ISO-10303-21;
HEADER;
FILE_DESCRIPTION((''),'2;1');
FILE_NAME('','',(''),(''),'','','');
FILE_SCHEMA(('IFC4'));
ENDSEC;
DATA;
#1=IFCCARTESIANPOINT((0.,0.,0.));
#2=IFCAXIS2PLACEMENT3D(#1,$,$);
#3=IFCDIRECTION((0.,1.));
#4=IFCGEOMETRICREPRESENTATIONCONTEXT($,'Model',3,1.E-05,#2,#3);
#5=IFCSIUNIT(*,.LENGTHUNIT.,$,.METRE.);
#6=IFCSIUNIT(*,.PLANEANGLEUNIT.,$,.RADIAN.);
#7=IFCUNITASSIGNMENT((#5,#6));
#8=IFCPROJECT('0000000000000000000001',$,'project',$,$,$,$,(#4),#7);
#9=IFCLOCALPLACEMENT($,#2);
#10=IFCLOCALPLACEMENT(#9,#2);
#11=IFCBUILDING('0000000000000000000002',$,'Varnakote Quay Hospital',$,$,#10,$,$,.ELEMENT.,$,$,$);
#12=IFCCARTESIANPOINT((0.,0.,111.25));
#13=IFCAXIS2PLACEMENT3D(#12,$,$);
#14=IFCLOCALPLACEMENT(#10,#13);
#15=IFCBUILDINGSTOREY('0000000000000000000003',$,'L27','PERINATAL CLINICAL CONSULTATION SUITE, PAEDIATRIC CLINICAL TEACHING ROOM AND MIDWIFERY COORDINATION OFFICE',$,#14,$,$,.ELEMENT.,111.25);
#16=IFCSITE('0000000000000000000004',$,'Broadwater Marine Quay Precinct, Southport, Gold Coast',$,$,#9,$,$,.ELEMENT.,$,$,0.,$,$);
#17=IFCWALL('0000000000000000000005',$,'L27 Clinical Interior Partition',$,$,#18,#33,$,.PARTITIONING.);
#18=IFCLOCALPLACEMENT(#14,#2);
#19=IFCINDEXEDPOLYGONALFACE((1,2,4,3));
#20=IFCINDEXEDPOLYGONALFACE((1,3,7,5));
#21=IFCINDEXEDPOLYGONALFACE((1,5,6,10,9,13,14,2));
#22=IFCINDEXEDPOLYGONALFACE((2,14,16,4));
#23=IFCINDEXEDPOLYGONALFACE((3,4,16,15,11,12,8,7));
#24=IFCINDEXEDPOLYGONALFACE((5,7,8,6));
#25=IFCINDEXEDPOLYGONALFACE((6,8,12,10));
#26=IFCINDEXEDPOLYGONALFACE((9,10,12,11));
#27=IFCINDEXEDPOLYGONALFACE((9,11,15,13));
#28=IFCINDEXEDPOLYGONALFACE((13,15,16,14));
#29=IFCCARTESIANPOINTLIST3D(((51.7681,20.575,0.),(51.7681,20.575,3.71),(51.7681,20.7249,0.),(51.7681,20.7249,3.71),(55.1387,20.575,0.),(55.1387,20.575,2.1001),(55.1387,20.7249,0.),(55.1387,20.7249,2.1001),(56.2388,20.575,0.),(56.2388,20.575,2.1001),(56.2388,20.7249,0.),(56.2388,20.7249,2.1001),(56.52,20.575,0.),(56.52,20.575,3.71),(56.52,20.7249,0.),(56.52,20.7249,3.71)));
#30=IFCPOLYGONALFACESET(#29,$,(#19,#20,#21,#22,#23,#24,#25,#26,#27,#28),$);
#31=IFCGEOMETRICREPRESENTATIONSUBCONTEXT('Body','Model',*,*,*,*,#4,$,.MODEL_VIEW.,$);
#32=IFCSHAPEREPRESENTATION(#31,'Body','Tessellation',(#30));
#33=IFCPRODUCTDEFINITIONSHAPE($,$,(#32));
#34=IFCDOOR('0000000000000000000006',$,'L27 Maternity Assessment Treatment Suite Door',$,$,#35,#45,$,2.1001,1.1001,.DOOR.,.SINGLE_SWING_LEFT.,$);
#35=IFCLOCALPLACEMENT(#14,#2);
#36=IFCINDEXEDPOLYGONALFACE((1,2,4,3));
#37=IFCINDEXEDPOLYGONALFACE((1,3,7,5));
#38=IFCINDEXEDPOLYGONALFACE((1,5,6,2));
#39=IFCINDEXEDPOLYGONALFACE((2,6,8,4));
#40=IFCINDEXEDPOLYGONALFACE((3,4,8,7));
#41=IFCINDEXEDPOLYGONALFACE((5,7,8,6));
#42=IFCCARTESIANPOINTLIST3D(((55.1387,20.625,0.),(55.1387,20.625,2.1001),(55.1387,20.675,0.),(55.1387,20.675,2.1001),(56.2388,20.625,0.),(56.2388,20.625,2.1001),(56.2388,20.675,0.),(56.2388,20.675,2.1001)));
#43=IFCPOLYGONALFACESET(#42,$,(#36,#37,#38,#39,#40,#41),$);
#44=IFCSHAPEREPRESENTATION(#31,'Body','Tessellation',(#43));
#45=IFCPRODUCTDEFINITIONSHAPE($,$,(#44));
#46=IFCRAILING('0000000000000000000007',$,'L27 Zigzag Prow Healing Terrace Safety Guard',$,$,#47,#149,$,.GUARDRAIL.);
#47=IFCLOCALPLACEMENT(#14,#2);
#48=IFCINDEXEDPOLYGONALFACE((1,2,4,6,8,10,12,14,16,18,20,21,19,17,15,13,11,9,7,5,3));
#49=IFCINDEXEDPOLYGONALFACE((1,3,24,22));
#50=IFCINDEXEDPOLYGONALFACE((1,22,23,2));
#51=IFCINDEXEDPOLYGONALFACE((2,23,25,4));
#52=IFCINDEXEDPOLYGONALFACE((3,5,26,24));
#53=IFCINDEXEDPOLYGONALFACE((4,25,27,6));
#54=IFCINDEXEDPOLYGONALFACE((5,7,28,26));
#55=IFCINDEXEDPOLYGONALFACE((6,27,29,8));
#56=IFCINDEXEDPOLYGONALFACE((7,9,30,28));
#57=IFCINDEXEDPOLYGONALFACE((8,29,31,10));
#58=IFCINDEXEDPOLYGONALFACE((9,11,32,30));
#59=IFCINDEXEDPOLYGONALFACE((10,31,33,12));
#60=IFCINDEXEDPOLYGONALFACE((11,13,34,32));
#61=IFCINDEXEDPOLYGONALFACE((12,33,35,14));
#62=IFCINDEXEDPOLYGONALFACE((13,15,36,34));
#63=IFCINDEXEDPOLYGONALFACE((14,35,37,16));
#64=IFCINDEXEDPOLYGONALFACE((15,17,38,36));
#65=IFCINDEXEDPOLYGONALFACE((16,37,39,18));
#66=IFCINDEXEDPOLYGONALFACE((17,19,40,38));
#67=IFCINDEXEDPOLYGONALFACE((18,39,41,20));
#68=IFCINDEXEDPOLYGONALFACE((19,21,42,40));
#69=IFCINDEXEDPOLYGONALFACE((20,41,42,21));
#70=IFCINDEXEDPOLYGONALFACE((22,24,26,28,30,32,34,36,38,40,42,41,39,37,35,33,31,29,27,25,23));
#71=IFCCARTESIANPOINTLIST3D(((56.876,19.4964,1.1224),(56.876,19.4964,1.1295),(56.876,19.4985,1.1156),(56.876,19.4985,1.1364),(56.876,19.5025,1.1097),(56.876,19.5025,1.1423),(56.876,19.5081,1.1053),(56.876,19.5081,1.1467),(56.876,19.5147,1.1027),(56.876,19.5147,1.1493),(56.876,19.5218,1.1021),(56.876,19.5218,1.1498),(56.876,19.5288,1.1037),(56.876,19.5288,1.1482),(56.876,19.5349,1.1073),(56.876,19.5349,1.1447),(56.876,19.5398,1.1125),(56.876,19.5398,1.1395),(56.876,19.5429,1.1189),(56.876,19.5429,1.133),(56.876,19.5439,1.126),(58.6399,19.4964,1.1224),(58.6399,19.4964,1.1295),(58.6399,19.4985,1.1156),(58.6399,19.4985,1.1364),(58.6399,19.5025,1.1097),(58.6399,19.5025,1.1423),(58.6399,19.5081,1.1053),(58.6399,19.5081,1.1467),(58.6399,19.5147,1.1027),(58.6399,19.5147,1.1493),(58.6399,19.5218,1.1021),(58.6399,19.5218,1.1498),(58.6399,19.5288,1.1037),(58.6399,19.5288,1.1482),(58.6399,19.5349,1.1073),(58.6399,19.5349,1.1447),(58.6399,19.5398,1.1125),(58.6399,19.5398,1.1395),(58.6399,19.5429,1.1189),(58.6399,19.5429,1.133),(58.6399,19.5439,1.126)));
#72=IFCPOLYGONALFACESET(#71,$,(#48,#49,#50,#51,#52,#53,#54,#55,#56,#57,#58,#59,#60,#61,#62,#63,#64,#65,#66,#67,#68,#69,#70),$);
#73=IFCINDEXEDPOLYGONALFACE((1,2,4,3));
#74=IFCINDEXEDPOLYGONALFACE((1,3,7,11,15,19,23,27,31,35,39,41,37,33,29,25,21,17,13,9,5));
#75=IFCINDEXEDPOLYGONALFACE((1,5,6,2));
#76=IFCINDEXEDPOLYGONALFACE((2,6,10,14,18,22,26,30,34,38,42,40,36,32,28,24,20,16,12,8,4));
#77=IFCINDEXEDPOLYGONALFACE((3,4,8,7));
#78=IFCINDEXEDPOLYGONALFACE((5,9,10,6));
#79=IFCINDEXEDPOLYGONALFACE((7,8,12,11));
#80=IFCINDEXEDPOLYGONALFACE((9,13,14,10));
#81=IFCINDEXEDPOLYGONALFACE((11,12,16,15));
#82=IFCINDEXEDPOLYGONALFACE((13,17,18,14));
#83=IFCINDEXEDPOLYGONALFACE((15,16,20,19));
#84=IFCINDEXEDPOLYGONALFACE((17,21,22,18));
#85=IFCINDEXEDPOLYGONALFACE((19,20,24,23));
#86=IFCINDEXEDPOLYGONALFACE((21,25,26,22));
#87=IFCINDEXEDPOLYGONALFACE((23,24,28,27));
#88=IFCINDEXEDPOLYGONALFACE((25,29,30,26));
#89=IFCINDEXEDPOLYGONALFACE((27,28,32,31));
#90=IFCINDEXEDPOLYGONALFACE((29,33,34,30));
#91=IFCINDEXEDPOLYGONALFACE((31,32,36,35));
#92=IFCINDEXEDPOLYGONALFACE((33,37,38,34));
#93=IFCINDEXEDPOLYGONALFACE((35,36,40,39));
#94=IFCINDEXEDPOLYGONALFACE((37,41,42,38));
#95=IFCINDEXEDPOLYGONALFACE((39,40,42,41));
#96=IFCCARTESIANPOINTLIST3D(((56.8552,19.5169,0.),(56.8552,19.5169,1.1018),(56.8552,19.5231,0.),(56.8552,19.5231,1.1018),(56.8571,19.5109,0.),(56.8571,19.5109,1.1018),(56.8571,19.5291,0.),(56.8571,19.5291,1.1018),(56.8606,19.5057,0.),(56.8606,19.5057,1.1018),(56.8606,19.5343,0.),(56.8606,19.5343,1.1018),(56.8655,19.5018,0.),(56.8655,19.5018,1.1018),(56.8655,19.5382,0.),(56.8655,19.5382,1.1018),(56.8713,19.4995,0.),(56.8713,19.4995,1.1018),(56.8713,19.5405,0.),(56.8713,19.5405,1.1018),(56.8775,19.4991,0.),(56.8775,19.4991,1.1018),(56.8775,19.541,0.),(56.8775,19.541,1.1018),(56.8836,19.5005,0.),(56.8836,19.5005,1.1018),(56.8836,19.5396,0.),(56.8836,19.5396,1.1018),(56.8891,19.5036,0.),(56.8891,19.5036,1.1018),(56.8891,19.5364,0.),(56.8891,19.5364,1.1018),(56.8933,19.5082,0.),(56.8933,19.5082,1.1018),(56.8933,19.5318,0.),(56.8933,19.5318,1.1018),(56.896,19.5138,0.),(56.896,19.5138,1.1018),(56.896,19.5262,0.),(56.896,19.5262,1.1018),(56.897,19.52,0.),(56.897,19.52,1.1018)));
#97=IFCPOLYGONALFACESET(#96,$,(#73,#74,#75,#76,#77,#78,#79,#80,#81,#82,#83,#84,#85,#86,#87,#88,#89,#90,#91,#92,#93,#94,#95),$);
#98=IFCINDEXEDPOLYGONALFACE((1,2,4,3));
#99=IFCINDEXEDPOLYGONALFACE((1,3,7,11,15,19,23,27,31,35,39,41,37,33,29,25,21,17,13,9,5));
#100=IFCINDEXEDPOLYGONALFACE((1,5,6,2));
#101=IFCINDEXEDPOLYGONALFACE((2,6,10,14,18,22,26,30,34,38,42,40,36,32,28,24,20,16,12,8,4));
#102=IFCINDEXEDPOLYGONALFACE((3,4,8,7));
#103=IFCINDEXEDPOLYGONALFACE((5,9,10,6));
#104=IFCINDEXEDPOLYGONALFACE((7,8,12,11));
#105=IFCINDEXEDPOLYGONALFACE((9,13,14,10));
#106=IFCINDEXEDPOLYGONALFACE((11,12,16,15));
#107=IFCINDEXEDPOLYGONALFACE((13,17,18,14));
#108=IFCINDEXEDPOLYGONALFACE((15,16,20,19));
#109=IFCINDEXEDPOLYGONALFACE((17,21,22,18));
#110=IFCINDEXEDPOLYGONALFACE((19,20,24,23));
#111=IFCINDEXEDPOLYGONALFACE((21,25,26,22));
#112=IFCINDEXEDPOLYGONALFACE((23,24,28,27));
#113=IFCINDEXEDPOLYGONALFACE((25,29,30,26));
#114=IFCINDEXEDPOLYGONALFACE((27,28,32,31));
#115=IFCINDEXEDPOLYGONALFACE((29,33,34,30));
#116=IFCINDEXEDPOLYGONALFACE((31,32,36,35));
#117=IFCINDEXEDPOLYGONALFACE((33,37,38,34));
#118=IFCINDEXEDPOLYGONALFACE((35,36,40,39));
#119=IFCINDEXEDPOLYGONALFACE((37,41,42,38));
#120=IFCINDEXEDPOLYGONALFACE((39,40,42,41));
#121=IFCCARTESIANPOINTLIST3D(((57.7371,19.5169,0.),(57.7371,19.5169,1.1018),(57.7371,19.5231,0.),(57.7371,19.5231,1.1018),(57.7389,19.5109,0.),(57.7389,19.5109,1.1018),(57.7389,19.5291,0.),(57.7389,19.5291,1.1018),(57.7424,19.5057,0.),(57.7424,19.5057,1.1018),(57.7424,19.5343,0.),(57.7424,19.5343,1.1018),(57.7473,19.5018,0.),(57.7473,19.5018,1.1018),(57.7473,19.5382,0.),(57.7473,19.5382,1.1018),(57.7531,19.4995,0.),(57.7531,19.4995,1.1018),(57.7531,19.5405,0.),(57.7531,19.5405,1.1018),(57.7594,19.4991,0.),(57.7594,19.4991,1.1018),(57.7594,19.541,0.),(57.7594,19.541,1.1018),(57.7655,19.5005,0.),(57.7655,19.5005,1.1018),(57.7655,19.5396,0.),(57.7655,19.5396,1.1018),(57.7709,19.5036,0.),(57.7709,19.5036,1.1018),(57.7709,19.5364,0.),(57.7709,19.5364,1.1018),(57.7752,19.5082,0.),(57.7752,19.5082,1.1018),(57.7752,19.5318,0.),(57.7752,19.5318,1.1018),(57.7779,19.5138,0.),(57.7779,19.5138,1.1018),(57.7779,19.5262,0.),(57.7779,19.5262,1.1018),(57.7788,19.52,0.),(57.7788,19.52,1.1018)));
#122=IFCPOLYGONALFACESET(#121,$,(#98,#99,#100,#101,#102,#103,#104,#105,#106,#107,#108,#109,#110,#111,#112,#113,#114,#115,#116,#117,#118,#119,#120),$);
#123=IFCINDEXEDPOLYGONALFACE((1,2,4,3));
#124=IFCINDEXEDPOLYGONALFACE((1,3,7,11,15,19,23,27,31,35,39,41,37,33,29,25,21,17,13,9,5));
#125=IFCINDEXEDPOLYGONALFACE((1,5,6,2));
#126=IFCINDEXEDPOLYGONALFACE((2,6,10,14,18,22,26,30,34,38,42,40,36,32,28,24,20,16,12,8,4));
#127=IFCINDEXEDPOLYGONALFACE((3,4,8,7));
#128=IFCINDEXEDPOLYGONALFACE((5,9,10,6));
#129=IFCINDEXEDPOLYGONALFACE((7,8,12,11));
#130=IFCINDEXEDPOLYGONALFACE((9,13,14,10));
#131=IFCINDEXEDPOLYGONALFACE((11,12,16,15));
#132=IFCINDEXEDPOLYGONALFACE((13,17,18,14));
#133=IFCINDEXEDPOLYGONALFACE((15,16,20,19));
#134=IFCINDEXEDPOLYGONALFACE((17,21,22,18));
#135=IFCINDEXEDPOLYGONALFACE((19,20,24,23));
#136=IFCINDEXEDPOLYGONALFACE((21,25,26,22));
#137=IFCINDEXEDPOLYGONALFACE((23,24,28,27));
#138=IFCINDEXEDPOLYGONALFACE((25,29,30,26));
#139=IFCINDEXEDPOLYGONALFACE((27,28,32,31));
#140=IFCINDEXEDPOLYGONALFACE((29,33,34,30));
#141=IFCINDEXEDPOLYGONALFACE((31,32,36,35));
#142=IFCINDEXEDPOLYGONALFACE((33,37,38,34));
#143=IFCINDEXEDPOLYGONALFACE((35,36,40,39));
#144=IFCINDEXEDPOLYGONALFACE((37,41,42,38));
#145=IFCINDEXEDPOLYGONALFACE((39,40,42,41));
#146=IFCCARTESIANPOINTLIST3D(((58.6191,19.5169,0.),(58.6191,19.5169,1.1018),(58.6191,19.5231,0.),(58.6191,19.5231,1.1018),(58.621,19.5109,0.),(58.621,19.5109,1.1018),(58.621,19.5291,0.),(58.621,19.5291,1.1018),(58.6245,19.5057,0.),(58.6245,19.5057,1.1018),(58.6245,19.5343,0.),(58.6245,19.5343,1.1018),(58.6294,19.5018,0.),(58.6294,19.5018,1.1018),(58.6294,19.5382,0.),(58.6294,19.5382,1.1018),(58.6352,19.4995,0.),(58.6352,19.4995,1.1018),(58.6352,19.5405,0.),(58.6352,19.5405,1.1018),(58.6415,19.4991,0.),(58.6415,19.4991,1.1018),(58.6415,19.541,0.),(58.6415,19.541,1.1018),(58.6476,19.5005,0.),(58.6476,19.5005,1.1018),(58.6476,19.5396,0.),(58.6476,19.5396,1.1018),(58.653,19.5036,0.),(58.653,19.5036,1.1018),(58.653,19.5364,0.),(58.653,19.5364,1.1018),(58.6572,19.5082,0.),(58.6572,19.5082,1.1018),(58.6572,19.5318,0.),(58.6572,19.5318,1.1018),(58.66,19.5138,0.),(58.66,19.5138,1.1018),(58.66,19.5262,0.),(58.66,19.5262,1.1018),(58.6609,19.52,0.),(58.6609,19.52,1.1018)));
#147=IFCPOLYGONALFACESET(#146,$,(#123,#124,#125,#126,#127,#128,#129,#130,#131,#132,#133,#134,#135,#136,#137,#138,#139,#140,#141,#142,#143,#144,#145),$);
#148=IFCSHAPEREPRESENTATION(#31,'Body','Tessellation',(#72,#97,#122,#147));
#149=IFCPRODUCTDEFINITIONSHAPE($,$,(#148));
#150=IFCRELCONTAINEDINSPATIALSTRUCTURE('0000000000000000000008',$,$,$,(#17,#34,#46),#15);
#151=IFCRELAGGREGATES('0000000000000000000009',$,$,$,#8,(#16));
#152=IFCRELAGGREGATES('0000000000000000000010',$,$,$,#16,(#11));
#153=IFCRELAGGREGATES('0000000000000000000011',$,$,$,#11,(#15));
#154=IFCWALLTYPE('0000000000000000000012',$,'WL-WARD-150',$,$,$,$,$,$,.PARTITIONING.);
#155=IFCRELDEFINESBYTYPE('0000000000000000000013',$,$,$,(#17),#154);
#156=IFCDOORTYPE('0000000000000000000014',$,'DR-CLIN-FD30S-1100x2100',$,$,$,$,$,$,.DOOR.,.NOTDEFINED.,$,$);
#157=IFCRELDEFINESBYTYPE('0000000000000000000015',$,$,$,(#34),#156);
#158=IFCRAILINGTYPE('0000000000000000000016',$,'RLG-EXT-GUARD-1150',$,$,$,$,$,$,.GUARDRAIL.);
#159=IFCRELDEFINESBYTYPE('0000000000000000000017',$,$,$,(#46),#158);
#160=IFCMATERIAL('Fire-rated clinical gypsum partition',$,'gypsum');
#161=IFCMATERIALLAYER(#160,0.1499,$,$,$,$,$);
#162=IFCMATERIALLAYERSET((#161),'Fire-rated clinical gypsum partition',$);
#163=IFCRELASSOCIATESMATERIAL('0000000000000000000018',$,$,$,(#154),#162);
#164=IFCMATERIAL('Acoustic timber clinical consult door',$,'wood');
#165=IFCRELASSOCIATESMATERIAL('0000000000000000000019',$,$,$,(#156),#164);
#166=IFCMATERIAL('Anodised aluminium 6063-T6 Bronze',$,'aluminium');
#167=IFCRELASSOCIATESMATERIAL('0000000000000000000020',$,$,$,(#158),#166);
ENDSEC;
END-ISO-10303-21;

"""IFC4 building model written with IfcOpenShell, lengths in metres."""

from ifc_helpers import new_model, si_unit, direction, frame, frame_2d, origin, origin_2d, place, context, subcontext, project, spatial, rectangle, circle, extrude, material, layer, layer_set, type_object, element, fill, save


model = new_model("IFC4")

# Units and contexts
model_context = context("Model", 3, precision=1e-05, world=origin(), true_north=direction((0.0, 1.0)))
body_context = subcontext(model_context, "Body", "Model", "MODEL_VIEW")
ifc_project = project(units=[si_unit("LENGTHUNIT", "METRE"), si_unit("PLANEANGLEUNIT", "RADIAN")], contexts=[model_context])

# Site, building, storey
site_placement = place(None, origin())
site = spatial("IfcSite", under=ifc_project, at=site_placement, Name="Broadwater Marine Quay Precinct, Southport, Gold Coast", CompositionType="ELEMENT", RefElevation=0.0)
building_placement = place(site_placement, origin())
building = spatial("IfcBuilding", under=site, at=building_placement, Name="Varnakote Quay Hospital", CompositionType="ELEMENT")
storey_placement = place(building_placement, frame((0.0, 0.0, 111.25)))
storey = spatial("IfcBuildingStorey", under=building, at=storey_placement, Name="L27", Description="PERINATAL CLINICAL CONSULTATION SUITE, PAEDIATRIC CLINICAL TEACHING ROOM AND MIDWIFERY COORDINATION OFFICE", CompositionType="ELEMENT", Elevation=111.25)

# Shared definitions
ifc_material_1 = material(Name="Fire-rated clinical gypsum partition", Category="gypsum")
ifc_layer_1 = layer(ifc_material_1, 0.1499)
ifc_layer_set_1 = layer_set([ifc_layer_1], Name="Fire-rated clinical gypsum partition")
wall_type_1 = type_object("IfcWallType", Name="WL-WARD-150", PredefinedType="PARTITIONING", material=ifc_layer_set_1)
ifc_material_2 = material(Name="Acoustic timber clinical consult door", Category="wood")
door_type_1 = type_object("IfcDoorType", Name="DR-CLIN-FD30S-1100x2100", OperationType="NOTDEFINED", PredefinedType="DOOR", material=ifc_material_2)

# Wall, opening, door
wall_1_placement = place(storey_placement, frame((56.52, 20.6499, 0.0), z_axis=(0.0, 0.0, 1.0), x_axis=(-1.0, 0.0, 0.0)))
wall_1 = element("IfcWall", 1, at=wall_1_placement, inside=storey, type_object=wall_type_1, Name="L27 Clinical Interior Partition", PredefinedType="PARTITIONING", context=body_context, shape_type="SweptSolid", body=[
    extrude(rectangle(XDim=4.752, YDim=0.1499, at=frame_2d((2.376, 0.0))), origin(), (0.0, 0.0, 1.0), 3.71),
])
opening_1_placement = place(wall_1_placement, frame((0.2812, 0.0, 0.0)))
opening_1 = element("IfcOpeningElement", 2, at=opening_1_placement, cuts=wall_1, PredefinedType="OPENING", context=body_context, shape_type="SweptSolid", body=[
    extrude(rectangle(XDim=1.1001, YDim=2.1001, at=frame_2d((0.55, 1.05))), frame((0.0, 0.085, 0.0), z_axis=(0.0, -1.0, 0.0), x_axis=(1.0, 0.0, 0.0)), (0.0, 0.0, 1.0), 0.1699),
])
door_1_placement = place(opening_1_placement, origin())
door_1 = element("IfcDoor", 3, at=door_1_placement, inside=storey, type_object=door_type_1, Name="L27 Maternity Assessment Treatment Suite Door", OperationType="SINGLE_SWING_LEFT", OverallHeight=2.1001, OverallWidth=1.1001, PredefinedType="DOOR", context=body_context, shape_type="SweptSolid", body=[
    extrude(rectangle(XDim=1.1001, YDim=2.1001, at=frame_2d((0.55, 1.05))), frame((0.0, 0.0249, 0.0), z_axis=(0.0, -1.0, 0.0), x_axis=(1.0, 0.0, 0.0)), (0.0, 0.0, 1.0), 0.05),
])
fill(opening_1, door_1)

# Railing
ifc_material_3 = material(Name="Anodised aluminium 6063-T6 Bronze", Category="aluminium")
railing_type = type_object("IfcRailingType", Name="RLG-EXT-GUARD-1150", PredefinedType="GUARDRAIL", material=ifc_material_3)
railing_1_placement = place(storey_placement, frame((56.876, 19.52, 0.0)))
element("IfcRailing", 4, at=railing_1_placement, inside=storey, type_object=railing_type, Name="L27 Zigzag Prow Healing Terrace Safety Guard", PredefinedType="GUARDRAIL", context=body_context, shape_type="SweptSolid", body=[
    extrude(circle(Radius=0.0239, at=origin_2d()), frame((0.0, 0.0, 1.126), z_axis=(1.0, 0.0, 0.0), x_axis=(0.0, 1.0, 0.0)), (0.0, 0.0, 1.0), 1.7639),
    extrude(circle(Radius=0.021, at=origin_2d()), origin(), (0.0, 0.0, 1.0), 1.1018),
    extrude(circle(Radius=0.021, at=origin_2d()), frame((0.8818, 0.0, 0.0)), (0.0, 0.0, 1.0), 1.1018),
    extrude(circle(Radius=0.021, at=origin_2d()), frame((1.7639, 0.0, 0.0)), (0.0, 0.0, 1.0), 1.1018),
])

save(model, "model.ifc")
